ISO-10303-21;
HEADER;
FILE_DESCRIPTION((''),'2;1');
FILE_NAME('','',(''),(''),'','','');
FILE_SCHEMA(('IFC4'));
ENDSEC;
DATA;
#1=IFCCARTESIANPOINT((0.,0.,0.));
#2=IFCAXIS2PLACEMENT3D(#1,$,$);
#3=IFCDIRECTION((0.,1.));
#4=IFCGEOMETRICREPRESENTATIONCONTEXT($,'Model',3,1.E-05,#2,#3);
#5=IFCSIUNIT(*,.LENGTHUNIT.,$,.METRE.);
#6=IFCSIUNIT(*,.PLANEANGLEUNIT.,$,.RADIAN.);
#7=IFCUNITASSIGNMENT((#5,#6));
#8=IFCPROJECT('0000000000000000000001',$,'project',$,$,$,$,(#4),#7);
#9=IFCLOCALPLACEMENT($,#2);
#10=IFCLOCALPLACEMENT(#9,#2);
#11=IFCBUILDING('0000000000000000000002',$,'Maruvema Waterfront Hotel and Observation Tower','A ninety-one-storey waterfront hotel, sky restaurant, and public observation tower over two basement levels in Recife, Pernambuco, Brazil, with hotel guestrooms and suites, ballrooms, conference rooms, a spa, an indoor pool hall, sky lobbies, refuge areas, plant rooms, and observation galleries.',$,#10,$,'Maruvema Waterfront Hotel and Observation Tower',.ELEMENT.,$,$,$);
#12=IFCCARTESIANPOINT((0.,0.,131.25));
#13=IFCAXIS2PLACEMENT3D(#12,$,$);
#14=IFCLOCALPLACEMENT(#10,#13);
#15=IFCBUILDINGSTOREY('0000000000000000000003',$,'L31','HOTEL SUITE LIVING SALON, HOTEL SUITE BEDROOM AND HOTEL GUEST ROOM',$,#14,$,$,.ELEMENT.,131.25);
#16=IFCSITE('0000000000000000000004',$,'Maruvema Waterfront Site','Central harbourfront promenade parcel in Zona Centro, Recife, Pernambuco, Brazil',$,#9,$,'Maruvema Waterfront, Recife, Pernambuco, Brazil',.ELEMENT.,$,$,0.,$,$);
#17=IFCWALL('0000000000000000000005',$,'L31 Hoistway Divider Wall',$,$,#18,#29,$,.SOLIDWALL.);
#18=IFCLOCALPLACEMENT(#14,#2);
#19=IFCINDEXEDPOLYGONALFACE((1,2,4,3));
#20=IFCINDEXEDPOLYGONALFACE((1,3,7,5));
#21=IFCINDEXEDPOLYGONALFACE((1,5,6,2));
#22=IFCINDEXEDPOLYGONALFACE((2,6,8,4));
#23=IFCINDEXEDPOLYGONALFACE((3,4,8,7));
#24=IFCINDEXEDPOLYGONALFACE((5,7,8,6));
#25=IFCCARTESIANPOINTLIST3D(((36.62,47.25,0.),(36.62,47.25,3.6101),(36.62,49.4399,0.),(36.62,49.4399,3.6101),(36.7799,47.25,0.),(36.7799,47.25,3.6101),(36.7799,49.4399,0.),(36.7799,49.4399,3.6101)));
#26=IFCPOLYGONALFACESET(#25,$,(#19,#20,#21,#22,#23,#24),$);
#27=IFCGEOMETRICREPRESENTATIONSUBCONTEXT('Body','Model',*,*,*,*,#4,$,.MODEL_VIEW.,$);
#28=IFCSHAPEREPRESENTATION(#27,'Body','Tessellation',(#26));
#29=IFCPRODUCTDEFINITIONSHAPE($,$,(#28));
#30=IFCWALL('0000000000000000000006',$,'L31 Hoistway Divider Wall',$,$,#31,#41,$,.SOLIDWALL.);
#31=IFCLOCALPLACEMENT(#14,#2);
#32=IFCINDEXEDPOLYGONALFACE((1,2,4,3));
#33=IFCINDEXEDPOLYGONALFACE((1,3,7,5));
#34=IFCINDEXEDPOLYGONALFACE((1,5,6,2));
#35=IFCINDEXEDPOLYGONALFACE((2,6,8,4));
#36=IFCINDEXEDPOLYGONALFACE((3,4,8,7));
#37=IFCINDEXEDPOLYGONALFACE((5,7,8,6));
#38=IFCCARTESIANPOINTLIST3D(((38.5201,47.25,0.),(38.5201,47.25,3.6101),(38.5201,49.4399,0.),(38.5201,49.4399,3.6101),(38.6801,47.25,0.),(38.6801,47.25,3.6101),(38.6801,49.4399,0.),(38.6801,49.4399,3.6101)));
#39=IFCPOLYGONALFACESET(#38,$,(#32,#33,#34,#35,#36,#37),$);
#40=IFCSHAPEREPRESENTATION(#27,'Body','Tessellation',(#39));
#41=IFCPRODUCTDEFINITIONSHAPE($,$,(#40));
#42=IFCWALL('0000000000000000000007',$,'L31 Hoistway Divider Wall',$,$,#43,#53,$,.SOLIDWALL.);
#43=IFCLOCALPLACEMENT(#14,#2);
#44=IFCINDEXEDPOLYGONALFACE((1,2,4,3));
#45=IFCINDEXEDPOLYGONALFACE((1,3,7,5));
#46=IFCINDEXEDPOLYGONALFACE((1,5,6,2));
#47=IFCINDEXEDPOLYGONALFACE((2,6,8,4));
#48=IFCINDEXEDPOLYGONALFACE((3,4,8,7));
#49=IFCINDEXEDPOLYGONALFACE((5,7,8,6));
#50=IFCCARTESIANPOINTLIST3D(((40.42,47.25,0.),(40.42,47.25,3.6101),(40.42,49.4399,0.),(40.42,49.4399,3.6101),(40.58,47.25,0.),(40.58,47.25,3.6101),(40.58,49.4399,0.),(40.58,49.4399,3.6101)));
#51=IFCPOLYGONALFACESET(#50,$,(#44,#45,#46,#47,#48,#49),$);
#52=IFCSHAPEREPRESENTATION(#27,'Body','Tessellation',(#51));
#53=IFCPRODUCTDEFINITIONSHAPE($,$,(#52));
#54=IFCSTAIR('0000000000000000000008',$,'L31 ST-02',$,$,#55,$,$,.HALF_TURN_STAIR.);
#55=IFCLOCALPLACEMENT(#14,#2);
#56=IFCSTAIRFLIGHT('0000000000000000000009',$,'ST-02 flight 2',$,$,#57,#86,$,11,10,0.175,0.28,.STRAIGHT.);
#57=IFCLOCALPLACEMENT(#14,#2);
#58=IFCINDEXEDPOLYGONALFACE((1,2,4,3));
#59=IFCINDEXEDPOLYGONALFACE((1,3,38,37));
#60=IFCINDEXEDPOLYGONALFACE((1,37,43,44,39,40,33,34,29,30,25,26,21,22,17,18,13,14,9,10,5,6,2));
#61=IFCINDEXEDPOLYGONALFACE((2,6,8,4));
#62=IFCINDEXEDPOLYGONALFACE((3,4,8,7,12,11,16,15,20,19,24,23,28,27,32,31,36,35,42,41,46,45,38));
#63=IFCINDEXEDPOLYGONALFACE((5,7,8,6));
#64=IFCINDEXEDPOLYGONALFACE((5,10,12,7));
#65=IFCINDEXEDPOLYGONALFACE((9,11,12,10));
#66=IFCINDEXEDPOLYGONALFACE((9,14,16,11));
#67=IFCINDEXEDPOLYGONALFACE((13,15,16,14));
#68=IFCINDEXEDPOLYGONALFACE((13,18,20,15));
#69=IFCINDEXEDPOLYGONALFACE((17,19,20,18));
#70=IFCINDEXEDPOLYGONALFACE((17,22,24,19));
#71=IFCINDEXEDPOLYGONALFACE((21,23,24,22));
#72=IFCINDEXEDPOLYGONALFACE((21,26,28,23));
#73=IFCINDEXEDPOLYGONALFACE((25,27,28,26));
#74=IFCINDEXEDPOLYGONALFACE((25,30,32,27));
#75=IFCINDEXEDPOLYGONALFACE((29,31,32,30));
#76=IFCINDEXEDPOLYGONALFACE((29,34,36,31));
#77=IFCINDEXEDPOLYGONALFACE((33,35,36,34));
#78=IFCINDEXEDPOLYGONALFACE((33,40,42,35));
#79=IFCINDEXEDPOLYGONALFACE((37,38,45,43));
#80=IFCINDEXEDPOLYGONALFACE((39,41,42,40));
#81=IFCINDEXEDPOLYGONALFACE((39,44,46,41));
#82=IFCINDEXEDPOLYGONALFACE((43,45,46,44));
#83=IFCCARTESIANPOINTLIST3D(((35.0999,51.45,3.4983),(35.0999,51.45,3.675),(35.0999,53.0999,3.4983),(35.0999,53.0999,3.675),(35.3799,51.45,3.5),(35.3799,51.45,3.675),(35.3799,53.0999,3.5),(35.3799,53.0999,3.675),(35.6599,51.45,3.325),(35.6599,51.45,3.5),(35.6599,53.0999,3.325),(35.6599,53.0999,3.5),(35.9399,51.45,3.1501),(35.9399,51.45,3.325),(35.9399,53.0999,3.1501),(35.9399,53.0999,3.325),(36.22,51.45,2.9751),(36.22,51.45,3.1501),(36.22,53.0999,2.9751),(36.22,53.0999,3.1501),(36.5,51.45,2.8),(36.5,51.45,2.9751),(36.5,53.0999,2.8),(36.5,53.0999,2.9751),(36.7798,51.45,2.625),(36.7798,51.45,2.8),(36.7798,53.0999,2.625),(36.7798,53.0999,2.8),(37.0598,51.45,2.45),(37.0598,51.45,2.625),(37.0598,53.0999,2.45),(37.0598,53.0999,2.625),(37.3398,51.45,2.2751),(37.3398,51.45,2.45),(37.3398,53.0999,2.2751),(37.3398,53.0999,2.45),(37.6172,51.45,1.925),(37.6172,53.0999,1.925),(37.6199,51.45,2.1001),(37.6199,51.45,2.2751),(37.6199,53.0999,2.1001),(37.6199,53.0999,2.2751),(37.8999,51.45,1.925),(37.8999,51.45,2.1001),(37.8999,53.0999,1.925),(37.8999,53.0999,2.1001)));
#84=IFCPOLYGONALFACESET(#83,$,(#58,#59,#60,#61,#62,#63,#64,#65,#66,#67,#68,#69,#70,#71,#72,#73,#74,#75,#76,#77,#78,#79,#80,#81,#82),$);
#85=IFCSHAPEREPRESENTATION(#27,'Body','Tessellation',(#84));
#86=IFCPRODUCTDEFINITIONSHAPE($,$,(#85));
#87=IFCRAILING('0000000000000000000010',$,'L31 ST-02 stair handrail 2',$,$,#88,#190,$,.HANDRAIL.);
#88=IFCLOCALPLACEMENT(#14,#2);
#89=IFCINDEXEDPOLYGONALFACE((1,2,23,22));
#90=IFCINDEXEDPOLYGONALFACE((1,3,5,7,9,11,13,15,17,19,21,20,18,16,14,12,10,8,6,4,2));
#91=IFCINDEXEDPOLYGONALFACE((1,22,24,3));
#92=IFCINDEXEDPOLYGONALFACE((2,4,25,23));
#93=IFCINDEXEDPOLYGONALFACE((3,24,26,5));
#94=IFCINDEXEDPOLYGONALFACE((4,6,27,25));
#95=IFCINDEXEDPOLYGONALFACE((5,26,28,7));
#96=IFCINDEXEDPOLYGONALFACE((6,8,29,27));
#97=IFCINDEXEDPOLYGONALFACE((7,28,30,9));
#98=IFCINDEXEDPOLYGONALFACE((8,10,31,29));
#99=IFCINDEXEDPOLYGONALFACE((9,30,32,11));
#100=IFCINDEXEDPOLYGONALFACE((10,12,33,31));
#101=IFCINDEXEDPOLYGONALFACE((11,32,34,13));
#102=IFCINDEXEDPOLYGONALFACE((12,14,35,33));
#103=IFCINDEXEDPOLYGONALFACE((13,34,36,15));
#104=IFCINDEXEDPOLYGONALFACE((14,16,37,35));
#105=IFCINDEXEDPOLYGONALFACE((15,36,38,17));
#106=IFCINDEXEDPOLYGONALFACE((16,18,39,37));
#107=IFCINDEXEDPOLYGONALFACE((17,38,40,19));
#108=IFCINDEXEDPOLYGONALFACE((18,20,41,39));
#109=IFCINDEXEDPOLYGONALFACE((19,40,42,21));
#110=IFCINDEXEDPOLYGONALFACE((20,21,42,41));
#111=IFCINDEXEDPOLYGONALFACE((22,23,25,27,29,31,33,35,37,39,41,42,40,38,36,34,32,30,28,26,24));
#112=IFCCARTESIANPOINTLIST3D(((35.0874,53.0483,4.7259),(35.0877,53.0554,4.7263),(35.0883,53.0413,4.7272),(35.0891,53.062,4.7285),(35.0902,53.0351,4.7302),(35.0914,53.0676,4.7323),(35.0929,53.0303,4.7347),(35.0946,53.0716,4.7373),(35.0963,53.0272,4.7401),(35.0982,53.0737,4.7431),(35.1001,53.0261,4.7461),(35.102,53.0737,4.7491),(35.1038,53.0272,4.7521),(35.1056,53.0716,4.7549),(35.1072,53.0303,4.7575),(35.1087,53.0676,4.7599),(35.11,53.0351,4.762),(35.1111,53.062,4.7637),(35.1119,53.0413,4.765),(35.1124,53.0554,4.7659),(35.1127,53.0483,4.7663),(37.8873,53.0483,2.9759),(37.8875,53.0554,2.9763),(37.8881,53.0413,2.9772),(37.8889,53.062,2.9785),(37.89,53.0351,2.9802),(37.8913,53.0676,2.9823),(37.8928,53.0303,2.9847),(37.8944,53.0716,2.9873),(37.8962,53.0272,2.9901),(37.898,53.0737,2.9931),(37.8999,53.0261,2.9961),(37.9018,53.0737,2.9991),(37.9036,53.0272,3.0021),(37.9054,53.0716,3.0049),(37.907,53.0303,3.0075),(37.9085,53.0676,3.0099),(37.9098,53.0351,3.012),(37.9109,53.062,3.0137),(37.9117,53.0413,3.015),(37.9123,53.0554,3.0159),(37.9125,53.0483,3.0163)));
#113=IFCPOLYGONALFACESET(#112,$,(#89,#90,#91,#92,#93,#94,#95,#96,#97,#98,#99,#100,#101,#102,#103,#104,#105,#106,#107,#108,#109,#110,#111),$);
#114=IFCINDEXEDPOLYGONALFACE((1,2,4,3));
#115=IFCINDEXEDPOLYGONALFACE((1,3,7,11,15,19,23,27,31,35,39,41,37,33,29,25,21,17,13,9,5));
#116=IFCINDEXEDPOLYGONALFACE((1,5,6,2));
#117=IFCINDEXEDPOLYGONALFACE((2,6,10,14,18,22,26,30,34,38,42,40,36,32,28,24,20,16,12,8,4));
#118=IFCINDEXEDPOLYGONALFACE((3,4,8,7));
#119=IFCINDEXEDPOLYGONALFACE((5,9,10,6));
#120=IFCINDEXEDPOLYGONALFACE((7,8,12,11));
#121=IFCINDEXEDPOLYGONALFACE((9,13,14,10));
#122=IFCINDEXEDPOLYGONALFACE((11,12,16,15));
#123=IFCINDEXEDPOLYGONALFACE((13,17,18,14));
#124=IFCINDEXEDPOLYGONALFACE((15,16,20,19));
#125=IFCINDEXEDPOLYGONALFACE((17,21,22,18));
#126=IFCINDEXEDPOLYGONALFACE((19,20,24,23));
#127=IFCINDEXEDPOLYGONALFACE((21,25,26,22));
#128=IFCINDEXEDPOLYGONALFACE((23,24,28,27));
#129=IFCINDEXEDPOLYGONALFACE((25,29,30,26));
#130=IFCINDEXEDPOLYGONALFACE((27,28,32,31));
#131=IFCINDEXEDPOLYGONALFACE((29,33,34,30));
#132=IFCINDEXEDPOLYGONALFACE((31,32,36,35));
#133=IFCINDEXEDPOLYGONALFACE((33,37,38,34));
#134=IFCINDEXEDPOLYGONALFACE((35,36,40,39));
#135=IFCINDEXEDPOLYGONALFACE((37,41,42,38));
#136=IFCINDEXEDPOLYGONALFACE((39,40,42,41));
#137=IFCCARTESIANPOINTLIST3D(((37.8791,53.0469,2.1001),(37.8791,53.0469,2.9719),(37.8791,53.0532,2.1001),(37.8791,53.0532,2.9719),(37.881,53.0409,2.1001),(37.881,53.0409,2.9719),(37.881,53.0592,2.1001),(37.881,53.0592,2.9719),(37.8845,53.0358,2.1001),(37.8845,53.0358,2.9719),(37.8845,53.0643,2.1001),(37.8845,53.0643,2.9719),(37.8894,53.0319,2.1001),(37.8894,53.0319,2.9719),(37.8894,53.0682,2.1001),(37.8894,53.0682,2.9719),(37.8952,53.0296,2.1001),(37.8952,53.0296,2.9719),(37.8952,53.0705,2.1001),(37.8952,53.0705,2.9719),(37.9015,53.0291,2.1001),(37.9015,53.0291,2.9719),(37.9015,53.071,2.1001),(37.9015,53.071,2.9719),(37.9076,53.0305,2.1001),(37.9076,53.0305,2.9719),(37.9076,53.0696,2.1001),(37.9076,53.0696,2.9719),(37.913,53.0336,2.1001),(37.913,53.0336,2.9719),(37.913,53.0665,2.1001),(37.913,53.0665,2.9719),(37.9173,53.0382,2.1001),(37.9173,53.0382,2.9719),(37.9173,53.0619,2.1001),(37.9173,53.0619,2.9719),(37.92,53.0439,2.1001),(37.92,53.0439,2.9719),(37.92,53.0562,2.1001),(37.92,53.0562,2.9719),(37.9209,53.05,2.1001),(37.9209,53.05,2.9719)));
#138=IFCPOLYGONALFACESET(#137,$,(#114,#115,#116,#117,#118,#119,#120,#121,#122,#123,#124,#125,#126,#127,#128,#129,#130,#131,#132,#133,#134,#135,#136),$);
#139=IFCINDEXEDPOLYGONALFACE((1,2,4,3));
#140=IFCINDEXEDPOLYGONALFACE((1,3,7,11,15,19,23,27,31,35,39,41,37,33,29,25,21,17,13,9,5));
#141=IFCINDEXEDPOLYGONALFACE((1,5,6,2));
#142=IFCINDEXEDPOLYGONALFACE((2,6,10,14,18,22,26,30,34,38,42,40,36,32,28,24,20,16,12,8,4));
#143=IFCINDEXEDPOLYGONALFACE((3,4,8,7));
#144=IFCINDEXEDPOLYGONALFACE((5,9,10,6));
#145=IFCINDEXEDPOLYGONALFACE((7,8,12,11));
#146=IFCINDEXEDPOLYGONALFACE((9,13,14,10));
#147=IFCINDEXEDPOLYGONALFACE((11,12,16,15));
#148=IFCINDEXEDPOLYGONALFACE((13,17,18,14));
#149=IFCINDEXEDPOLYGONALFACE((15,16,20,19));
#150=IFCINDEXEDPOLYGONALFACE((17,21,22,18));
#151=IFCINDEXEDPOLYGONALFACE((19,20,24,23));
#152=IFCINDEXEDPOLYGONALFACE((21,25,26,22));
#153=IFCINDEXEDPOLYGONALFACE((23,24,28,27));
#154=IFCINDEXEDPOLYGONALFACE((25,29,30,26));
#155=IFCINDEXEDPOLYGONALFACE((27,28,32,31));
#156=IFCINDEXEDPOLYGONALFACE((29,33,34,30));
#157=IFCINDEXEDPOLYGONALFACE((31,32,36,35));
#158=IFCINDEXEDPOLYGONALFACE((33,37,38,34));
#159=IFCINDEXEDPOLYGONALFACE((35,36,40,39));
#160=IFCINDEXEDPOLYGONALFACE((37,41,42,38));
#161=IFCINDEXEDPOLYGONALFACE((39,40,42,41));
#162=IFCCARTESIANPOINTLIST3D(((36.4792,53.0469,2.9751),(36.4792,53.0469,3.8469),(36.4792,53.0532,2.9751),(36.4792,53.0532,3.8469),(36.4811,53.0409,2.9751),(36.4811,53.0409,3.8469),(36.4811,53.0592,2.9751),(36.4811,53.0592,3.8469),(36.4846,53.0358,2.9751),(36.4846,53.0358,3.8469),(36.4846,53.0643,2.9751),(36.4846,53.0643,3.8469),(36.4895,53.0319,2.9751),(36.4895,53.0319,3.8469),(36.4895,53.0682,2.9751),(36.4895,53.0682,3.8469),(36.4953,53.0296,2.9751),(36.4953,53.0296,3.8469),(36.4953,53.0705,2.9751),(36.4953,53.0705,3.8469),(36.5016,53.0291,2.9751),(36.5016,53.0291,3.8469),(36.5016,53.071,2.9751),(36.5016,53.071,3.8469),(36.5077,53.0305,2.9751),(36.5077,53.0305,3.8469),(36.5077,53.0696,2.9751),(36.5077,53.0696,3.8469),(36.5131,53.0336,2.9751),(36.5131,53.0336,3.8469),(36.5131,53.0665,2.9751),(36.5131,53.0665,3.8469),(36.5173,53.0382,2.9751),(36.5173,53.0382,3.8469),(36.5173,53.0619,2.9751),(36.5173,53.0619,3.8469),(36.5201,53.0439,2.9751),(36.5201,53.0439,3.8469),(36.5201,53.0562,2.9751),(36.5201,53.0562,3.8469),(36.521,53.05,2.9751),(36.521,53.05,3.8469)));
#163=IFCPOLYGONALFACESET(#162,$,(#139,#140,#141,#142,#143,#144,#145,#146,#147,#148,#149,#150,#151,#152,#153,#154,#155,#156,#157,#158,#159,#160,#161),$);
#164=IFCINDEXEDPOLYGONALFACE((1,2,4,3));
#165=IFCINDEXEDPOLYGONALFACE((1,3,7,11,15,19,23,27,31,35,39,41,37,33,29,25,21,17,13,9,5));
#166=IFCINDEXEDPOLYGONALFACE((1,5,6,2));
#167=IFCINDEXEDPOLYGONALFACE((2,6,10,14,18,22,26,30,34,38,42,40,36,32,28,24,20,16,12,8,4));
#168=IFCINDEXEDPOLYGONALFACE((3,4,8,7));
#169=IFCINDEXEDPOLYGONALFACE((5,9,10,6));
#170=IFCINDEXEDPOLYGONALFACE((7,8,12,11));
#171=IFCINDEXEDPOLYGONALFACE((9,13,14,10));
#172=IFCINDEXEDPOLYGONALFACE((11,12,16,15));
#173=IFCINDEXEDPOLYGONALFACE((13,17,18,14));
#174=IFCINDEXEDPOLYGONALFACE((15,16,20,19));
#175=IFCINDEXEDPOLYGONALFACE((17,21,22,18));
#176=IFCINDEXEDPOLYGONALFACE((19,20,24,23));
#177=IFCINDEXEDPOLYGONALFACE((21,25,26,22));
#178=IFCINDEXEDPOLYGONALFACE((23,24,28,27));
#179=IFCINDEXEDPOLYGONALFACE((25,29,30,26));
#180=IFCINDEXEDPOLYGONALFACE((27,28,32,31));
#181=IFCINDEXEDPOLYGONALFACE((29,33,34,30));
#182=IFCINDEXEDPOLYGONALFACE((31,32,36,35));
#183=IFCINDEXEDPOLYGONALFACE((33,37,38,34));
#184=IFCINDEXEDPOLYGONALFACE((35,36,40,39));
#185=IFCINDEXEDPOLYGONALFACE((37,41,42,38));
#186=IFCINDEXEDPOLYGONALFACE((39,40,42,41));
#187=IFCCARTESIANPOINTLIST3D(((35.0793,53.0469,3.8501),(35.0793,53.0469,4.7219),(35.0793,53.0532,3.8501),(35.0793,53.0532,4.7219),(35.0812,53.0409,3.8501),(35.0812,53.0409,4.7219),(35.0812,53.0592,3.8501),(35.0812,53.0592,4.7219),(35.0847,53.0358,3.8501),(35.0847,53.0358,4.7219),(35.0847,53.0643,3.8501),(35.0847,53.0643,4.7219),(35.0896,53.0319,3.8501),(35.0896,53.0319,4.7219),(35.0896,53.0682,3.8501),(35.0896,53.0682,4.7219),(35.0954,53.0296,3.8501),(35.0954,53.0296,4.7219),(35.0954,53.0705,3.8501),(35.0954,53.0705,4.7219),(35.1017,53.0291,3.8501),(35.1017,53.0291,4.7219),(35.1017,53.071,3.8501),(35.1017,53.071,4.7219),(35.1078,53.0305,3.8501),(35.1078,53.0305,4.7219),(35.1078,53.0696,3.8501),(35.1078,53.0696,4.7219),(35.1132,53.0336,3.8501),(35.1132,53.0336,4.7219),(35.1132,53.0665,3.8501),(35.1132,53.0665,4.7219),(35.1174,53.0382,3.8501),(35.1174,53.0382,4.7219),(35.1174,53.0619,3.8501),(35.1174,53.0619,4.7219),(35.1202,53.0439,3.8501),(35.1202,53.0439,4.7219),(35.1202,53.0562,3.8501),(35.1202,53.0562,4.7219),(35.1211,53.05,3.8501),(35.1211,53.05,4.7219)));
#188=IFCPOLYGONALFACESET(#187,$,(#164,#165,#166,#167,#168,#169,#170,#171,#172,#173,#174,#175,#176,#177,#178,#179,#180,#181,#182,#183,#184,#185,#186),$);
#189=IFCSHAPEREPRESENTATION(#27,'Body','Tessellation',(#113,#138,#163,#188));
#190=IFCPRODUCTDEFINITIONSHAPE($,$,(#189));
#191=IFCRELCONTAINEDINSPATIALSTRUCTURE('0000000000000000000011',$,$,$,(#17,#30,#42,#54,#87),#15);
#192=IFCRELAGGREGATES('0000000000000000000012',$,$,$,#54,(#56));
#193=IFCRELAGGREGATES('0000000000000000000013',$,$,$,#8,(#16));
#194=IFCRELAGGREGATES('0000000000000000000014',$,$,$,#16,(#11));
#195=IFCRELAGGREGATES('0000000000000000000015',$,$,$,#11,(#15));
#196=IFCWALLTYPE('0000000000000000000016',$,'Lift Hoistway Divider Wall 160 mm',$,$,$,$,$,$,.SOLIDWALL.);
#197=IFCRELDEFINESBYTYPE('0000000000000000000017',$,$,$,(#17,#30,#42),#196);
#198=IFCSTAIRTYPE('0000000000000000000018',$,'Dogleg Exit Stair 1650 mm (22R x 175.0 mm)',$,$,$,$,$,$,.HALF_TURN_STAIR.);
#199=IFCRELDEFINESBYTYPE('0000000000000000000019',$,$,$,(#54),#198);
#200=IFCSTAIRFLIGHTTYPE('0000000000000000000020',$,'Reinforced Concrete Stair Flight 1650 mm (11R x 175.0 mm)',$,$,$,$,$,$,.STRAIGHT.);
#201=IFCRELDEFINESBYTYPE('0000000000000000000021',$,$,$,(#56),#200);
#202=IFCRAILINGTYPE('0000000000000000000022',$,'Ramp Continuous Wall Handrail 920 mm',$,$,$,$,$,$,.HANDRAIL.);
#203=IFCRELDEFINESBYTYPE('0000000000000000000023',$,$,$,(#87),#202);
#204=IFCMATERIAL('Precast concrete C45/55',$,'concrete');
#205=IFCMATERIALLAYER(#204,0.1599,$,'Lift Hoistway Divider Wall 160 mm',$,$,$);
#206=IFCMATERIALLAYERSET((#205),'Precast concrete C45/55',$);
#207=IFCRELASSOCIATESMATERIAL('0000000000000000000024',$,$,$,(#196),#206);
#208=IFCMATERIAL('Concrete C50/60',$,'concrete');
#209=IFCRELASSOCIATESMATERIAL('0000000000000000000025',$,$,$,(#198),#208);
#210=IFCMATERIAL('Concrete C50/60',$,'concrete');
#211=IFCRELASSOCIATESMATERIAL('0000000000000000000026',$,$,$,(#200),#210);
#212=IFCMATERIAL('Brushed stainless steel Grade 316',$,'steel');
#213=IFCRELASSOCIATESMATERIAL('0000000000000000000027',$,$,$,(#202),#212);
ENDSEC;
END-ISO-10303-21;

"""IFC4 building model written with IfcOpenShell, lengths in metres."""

from ifc_helpers import new_model, si_unit, direction, frame, frame_2d, origin, origin_2d, place, context, subcontext, project, spatial, polyline, rectangle, circle, outline, extrude, material, layer, layer_set, type_object, element, aggregate, save


model = new_model("IFC4")

# Units and contexts
model_context = context("Model", 3, precision=1e-05, world=origin(), true_north=direction((0.0, 1.0)))
body_context = subcontext(model_context, "Body", "Model", "MODEL_VIEW")
ifc_project = project(units=[si_unit("LENGTHUNIT", "METRE"), si_unit("PLANEANGLEUNIT", "RADIAN")], contexts=[model_context])

# Site, building, storey
site_placement = place(None, origin())
site = spatial("IfcSite", under=ifc_project, at=site_placement, Name="Maruvema Waterfront Site", Description="Central harbourfront promenade parcel in Zona Centro, Recife, Pernambuco, Brazil", LongName="Maruvema Waterfront, Recife, Pernambuco, Brazil", CompositionType="ELEMENT", RefElevation=0.0)
building_placement = place(site_placement, origin())
building = spatial("IfcBuilding", under=site, at=building_placement, Name="Maruvema Waterfront Hotel and Observation Tower", Description="A ninety-one-storey waterfront hotel, sky restaurant, and public observation tower over two basement levels in Recife, Pernambuco, Brazil, with hotel guestrooms and suites, ballrooms, conference rooms, a spa, an indoor pool hall, sky lobbies, refuge areas, plant rooms, and observation galleries.", LongName="Maruvema Waterfront Hotel and Observation Tower", CompositionType="ELEMENT")
storey_placement = place(building_placement, frame((0.0, 0.0, 131.25)))
storey = spatial("IfcBuildingStorey", under=building, at=storey_placement, Name="L31", Description="HOTEL SUITE LIVING SALON, HOTEL SUITE BEDROOM AND HOTEL GUEST ROOM", CompositionType="ELEMENT", Elevation=131.25)

# Walls
ifc_material_1 = material(Name="Precast concrete C45/55", Category="concrete")
ifc_layer_1 = layer(ifc_material_1, 0.1599, Name="Lift Hoistway Divider Wall 160 mm")
ifc_layer_set_1 = layer_set([ifc_layer_1], Name="Precast concrete C45/55")
wall_type_1 = type_object("IfcWallType", Name="Lift Hoistway Divider Wall 160 mm", PredefinedType="SOLIDWALL", material=ifc_layer_set_1)
for number, where, z_axis, x_axis, name in (
    (1, (36.7, 47.25, 0.0), (0.0, 0.0, 1.0), (0.0, 1.0, 0.0), "L31 Hoistway Divider Wall"),
    (2, (38.6001, 47.25, 0.0), (0.0, 0.0, 1.0), (0.0, 1.0, 0.0), "L31 Hoistway Divider Wall"),
    (3, (40.5, 47.25, 0.0), (0.0, 0.0, 1.0), (0.0, 1.0, 0.0), "L31 Hoistway Divider Wall"),
):
    element("IfcWall", number, at=place(storey_placement, frame(where, z_axis=z_axis, x_axis=x_axis)), inside=storey, type_object=wall_type_1, Name=name, PredefinedType="SOLIDWALL", context=body_context, shape_type="SweptSolid", body=[
        extrude(rectangle(XDim=2.1899, YDim=0.1599, at=frame_2d((1.095, 0.0))), origin(), (0.0, 0.0, 1.0), 3.6101),
    ])

# Stair, stair flight
ifc_material_2 = material(Name="Concrete C50/60", Category="concrete")
stair_type = type_object("IfcStairType", Name="Dogleg Exit Stair 1650 mm (22R x 175.0 mm)", PredefinedType="HALF_TURN_STAIR", material=ifc_material_2)
stair_placement = place(storey_placement, origin())
stair = element("IfcStair", 4, at=stair_placement, inside=storey, type_object=stair_type, Name="L31 ST-02", PredefinedType="HALF_TURN_STAIR")
ifc_material_3 = material(Name="Concrete C50/60", Category="concrete")
stair_flight_type = type_object("IfcStairFlightType", Name="Reinforced Concrete Stair Flight 1650 mm (11R x 175.0 mm)", PredefinedType="STRAIGHT", material=ifc_material_3)
stair_flight_placement = place(storey_placement, frame((37.8999, 52.2749, 1.925), z_axis=(0.0, 0.0, 1.0), x_axis=(-1.0, 0.0, 0.0)))
stair_flight = element("IfcStairFlight", 5, at=stair_flight_placement, type_object=stair_flight_type, Name="ST-02 flight 2", NumberOfRisers=11, NumberOfTreads=10, PredefinedType="STRAIGHT", RiserHeight=0.175, TreadLength=0.28, context=body_context, shape_type="SweptSolid", body=[
    extrude(outline(polyline([(0.0, 0.0), (0.0, 0.175), (0.28, 0.175), (0.28, 0.3501), (0.5601, 0.3501), (0.5601, 0.5249), (0.8401, 0.5249), (0.8401, 0.7), (1.1201, 0.7), (1.1201, 0.875), (1.3999, 0.875), (1.3999, 1.05), (1.6799, 1.05), (1.6799, 1.2251), (1.96, 1.2251), (1.96, 1.3999), (2.24, 1.3999), (2.24, 1.575), (2.52, 1.575), (2.52, 1.75), (2.8, 1.75), (2.8, 1.925), (2.8, 1.5732), (0.2827, 0.0), (0.0, 0.0)])), frame((0.0, 0.825, 0.0), z_axis=(0.0, -1.0, 0.0), x_axis=(1.0, 0.0, 0.0)), (0.0, 0.0, 1.0), 1.6499),
])
aggregate(stair, [stair_flight])

# Railing
ifc_material_4 = material(Name="Brushed stainless steel Grade 316", Category="steel")
railing_type_1 = type_object("IfcRailingType", Name="Ramp Continuous Wall Handrail 920 mm", PredefinedType="HANDRAIL", material=ifc_material_4)
railing_1_placement = place(storey_placement, frame((37.8999, 53.05, 2.1001)))
element("IfcRailing", 6, at=railing_1_placement, inside=storey, type_object=railing_type_1, Name="L31 ST-02 stair handrail 2", PredefinedType="HANDRAIL", context=body_context, shape_type="SweptSolid", body=[
    extrude(circle(Radius=0.0239, at=origin_2d()), frame((0.0, 0.0, 0.896), z_axis=(-0.847982, 0.0, 0.530026), x_axis=(0.0, -1.0, 0.0)), (0.0, 0.0, 1.0), 3.3018),
    extrude(circle(Radius=0.021, at=origin_2d()), origin(), (0.0, 0.0, 1.0), 0.8718),
    extrude(circle(Radius=0.021, at=origin_2d()), frame((-1.3999, 0.0, 0.875)), (0.0, 0.0, 1.0), 0.8718),
    extrude(circle(Radius=0.021, at=origin_2d()), frame((-2.7998, 0.0, 1.75)), (0.0, 0.0, 1.0), 0.8718),
])

save(model, "model.ifc")
